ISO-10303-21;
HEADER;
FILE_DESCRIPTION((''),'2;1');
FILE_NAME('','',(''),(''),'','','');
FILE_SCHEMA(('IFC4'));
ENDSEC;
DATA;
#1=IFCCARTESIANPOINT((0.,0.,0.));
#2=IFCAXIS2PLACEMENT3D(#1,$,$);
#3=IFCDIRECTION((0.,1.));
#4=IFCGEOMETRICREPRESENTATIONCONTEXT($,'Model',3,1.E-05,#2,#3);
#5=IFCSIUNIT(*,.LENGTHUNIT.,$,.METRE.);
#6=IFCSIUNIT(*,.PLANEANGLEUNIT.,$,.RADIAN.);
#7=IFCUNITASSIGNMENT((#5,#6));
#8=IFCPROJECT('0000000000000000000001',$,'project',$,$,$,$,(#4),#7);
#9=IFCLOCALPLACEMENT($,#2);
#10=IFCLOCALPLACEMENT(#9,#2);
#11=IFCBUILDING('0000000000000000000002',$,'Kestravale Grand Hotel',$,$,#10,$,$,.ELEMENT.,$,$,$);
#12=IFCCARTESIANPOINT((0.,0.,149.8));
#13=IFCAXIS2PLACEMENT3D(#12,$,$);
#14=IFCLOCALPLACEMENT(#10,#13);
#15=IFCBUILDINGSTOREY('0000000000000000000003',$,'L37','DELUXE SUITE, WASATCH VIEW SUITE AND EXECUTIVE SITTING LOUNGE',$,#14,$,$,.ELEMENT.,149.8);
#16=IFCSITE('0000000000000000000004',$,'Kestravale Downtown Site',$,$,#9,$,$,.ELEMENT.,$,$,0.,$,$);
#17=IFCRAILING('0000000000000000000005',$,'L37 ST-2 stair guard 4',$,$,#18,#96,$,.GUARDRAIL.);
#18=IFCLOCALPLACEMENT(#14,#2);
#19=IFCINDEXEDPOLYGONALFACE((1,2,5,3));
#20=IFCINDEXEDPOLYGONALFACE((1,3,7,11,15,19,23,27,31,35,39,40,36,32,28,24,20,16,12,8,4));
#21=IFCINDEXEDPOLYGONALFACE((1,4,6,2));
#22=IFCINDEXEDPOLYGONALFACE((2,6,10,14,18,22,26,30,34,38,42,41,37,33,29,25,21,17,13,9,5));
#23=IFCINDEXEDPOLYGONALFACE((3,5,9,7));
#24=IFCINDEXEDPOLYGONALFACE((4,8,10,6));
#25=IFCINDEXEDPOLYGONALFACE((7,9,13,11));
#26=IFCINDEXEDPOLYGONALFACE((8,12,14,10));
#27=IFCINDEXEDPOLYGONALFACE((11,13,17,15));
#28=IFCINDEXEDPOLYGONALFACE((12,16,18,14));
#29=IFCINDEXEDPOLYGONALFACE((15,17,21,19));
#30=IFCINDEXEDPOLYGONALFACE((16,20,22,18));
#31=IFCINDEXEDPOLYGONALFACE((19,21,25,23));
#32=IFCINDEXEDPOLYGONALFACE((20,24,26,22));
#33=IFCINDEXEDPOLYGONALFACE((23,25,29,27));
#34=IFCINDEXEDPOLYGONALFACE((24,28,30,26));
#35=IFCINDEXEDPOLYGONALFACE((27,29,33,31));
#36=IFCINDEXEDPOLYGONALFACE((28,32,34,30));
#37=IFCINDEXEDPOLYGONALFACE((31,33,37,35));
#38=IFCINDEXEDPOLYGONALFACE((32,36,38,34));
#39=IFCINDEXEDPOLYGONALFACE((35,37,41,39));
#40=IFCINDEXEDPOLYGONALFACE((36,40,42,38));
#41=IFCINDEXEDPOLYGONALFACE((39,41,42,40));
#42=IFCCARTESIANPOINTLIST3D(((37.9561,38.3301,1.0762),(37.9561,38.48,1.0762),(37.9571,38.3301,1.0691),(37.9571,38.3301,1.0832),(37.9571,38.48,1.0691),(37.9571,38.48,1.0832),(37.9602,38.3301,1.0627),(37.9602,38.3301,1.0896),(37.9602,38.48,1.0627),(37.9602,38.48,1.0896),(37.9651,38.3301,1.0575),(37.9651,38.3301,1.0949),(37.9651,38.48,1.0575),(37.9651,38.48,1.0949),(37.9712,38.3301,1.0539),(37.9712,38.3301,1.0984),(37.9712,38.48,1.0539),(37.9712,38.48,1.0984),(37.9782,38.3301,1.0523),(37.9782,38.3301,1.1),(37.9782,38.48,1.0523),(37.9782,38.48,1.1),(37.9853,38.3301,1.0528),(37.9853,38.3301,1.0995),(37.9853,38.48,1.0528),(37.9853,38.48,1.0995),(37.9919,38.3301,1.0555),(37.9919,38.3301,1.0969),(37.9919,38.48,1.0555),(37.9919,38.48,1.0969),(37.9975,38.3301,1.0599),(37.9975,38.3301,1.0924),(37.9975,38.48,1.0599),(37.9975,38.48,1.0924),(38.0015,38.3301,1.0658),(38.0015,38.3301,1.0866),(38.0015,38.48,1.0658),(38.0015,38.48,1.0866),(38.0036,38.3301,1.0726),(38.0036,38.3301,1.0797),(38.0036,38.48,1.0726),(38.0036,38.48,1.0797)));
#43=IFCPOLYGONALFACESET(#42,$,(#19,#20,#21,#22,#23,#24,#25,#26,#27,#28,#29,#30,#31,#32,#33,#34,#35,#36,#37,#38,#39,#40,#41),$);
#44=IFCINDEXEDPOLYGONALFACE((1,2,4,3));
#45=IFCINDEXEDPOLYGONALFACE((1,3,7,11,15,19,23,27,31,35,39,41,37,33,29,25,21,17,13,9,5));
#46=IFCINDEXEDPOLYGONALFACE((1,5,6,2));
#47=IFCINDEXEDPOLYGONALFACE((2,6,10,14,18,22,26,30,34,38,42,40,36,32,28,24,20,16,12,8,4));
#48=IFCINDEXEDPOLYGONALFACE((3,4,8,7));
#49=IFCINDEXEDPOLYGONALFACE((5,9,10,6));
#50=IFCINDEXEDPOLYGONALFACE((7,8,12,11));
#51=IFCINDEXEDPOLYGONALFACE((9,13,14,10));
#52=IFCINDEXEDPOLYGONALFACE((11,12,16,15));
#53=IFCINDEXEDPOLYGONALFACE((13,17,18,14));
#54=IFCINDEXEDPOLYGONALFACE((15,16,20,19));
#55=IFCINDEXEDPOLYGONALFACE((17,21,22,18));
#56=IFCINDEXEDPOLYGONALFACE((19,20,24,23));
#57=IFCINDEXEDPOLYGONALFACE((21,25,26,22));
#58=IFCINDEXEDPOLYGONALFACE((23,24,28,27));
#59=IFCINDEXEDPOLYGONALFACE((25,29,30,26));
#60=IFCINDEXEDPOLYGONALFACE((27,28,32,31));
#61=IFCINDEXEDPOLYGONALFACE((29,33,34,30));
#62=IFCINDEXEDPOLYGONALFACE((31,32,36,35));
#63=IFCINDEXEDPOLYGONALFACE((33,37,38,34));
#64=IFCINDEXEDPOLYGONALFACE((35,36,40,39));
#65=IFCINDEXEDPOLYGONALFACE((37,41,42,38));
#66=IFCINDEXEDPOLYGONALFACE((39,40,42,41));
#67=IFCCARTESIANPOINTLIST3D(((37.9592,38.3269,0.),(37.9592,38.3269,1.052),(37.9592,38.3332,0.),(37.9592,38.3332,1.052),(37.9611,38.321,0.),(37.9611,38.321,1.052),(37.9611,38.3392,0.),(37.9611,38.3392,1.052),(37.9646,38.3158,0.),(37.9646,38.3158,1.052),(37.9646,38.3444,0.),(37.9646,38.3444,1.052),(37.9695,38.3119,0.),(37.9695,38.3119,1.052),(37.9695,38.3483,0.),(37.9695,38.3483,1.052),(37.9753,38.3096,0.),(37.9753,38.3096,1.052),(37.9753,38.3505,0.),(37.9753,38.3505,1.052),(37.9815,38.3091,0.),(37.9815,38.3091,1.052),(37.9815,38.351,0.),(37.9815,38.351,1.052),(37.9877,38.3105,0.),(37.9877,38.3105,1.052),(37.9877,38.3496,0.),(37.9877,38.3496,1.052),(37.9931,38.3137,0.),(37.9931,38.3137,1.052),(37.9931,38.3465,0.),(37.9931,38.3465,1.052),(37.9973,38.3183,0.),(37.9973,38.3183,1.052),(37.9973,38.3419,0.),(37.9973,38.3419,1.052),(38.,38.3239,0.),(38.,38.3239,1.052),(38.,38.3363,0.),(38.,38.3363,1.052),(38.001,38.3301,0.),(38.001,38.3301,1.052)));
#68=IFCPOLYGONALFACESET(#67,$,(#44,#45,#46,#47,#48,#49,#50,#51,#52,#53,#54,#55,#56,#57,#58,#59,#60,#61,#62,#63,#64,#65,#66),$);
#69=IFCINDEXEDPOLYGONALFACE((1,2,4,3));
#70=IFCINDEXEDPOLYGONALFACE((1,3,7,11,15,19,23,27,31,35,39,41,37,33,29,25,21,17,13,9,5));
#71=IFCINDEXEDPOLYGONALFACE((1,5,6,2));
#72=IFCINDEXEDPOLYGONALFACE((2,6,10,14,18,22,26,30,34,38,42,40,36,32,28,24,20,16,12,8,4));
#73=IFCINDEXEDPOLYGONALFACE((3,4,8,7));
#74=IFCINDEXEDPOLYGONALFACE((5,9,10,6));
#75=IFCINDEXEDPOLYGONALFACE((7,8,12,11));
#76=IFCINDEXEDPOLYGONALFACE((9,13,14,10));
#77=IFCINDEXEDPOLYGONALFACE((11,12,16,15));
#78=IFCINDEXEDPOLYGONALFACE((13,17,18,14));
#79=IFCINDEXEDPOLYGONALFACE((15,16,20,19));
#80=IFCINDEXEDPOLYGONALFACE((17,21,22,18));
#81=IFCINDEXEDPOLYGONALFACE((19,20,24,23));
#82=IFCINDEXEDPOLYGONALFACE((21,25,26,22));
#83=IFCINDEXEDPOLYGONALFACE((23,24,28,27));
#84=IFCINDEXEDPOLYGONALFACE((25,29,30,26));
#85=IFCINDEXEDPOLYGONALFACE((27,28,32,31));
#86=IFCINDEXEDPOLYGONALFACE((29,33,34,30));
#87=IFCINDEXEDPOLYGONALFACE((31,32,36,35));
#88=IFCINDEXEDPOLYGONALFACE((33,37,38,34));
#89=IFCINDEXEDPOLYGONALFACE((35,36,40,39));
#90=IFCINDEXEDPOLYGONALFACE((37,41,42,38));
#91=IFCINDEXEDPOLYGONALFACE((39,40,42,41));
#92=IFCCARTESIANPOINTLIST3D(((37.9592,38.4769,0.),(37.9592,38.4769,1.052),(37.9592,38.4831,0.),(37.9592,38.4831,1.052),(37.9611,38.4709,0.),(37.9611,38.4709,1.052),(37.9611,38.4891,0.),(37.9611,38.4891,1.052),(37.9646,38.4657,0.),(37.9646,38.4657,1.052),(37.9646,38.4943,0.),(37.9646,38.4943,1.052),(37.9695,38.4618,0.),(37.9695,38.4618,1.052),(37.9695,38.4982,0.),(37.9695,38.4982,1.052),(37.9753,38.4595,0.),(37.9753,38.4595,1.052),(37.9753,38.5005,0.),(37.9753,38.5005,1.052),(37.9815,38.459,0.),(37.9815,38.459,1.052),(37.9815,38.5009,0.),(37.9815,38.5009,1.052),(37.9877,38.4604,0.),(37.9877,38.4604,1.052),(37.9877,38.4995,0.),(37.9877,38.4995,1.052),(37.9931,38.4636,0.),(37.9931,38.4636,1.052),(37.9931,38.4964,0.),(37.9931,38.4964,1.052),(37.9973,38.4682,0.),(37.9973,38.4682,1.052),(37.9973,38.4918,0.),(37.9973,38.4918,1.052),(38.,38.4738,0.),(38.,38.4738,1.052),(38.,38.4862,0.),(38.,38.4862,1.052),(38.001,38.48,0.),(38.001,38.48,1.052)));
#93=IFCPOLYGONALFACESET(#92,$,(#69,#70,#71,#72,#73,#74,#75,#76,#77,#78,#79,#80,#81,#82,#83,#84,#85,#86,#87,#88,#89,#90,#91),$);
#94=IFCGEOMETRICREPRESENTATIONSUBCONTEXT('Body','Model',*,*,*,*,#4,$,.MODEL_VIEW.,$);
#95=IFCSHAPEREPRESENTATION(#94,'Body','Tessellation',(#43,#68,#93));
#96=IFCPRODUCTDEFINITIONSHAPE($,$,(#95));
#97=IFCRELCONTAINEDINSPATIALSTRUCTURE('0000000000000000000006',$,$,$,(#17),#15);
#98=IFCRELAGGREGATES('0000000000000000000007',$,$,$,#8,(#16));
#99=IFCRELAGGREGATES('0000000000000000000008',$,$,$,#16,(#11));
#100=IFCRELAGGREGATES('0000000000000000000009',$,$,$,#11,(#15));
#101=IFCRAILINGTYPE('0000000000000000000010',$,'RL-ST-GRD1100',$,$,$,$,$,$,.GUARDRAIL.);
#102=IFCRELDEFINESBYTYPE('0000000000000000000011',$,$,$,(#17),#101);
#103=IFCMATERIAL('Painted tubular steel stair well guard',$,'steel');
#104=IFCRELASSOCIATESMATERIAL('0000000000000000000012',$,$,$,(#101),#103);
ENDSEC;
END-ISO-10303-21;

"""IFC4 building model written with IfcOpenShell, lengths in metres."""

from ifc_helpers import new_model, si_unit, direction, frame, origin, origin_2d, place, context, subcontext, project, spatial, circle, extrude, material, type_object, element, save


model = new_model("IFC4")

# Units and contexts
model_context = context("Model", 3, precision=1e-05, world=origin(), true_north=direction((0.0, 1.0)))
body_context = subcontext(model_context, "Body", "Model", "MODEL_VIEW")
ifc_project = project(units=[si_unit("LENGTHUNIT", "METRE"), si_unit("PLANEANGLEUNIT", "RADIAN")], contexts=[model_context])

# Site, building, storey
site_placement = place(None, origin())
site = spatial("IfcSite", under=ifc_project, at=site_placement, Name="Kestravale Downtown Site", CompositionType="ELEMENT", RefElevation=0.0)
building_placement = place(site_placement, origin())
building = spatial("IfcBuilding", under=site, at=building_placement, Name="Kestravale Grand Hotel", CompositionType="ELEMENT")
storey_placement = place(building_placement, frame((0.0, 0.0, 149.8)))
storey = spatial("IfcBuildingStorey", under=building, at=storey_placement, Name="L37", Description="DELUXE SUITE, WASATCH VIEW SUITE AND EXECUTIVE SITTING LOUNGE", CompositionType="ELEMENT", Elevation=149.8)

# Railing
ifc_material_1 = material(Name="Painted tubular steel stair well guard", Category="steel")
railing_type_1 = type_object("IfcRailingType", Name="RL-ST-GRD1100", PredefinedType="GUARDRAIL", material=ifc_material_1)
railing_1_placement = place(storey_placement, frame((37.98, 38.3301, 0.0)))
element("IfcRailing", 1, at=railing_1_placement, inside=storey, type_object=railing_type_1, Name="L37 ST-2 stair guard 4", PredefinedType="GUARDRAIL", context=body_context, shape_type="SweptSolid", body=[
    extrude(circle(Radius=0.0239, at=origin_2d()), frame((0.0, 0.0, 1.0762), z_axis=(0.0, 1.0, 0.0), x_axis=(-1.0, 0.0, 0.0)), (0.0, 0.0, 1.0), 0.1499),
    extrude(circle(Radius=0.021, at=origin_2d()), origin(), (0.0, 0.0, 1.0), 1.052),
    extrude(circle(Radius=0.021, at=origin_2d()), frame((0.0, 0.1499, 0.0)), (0.0, 0.0, 1.0), 1.052),
])

save(model, "model.ifc")
